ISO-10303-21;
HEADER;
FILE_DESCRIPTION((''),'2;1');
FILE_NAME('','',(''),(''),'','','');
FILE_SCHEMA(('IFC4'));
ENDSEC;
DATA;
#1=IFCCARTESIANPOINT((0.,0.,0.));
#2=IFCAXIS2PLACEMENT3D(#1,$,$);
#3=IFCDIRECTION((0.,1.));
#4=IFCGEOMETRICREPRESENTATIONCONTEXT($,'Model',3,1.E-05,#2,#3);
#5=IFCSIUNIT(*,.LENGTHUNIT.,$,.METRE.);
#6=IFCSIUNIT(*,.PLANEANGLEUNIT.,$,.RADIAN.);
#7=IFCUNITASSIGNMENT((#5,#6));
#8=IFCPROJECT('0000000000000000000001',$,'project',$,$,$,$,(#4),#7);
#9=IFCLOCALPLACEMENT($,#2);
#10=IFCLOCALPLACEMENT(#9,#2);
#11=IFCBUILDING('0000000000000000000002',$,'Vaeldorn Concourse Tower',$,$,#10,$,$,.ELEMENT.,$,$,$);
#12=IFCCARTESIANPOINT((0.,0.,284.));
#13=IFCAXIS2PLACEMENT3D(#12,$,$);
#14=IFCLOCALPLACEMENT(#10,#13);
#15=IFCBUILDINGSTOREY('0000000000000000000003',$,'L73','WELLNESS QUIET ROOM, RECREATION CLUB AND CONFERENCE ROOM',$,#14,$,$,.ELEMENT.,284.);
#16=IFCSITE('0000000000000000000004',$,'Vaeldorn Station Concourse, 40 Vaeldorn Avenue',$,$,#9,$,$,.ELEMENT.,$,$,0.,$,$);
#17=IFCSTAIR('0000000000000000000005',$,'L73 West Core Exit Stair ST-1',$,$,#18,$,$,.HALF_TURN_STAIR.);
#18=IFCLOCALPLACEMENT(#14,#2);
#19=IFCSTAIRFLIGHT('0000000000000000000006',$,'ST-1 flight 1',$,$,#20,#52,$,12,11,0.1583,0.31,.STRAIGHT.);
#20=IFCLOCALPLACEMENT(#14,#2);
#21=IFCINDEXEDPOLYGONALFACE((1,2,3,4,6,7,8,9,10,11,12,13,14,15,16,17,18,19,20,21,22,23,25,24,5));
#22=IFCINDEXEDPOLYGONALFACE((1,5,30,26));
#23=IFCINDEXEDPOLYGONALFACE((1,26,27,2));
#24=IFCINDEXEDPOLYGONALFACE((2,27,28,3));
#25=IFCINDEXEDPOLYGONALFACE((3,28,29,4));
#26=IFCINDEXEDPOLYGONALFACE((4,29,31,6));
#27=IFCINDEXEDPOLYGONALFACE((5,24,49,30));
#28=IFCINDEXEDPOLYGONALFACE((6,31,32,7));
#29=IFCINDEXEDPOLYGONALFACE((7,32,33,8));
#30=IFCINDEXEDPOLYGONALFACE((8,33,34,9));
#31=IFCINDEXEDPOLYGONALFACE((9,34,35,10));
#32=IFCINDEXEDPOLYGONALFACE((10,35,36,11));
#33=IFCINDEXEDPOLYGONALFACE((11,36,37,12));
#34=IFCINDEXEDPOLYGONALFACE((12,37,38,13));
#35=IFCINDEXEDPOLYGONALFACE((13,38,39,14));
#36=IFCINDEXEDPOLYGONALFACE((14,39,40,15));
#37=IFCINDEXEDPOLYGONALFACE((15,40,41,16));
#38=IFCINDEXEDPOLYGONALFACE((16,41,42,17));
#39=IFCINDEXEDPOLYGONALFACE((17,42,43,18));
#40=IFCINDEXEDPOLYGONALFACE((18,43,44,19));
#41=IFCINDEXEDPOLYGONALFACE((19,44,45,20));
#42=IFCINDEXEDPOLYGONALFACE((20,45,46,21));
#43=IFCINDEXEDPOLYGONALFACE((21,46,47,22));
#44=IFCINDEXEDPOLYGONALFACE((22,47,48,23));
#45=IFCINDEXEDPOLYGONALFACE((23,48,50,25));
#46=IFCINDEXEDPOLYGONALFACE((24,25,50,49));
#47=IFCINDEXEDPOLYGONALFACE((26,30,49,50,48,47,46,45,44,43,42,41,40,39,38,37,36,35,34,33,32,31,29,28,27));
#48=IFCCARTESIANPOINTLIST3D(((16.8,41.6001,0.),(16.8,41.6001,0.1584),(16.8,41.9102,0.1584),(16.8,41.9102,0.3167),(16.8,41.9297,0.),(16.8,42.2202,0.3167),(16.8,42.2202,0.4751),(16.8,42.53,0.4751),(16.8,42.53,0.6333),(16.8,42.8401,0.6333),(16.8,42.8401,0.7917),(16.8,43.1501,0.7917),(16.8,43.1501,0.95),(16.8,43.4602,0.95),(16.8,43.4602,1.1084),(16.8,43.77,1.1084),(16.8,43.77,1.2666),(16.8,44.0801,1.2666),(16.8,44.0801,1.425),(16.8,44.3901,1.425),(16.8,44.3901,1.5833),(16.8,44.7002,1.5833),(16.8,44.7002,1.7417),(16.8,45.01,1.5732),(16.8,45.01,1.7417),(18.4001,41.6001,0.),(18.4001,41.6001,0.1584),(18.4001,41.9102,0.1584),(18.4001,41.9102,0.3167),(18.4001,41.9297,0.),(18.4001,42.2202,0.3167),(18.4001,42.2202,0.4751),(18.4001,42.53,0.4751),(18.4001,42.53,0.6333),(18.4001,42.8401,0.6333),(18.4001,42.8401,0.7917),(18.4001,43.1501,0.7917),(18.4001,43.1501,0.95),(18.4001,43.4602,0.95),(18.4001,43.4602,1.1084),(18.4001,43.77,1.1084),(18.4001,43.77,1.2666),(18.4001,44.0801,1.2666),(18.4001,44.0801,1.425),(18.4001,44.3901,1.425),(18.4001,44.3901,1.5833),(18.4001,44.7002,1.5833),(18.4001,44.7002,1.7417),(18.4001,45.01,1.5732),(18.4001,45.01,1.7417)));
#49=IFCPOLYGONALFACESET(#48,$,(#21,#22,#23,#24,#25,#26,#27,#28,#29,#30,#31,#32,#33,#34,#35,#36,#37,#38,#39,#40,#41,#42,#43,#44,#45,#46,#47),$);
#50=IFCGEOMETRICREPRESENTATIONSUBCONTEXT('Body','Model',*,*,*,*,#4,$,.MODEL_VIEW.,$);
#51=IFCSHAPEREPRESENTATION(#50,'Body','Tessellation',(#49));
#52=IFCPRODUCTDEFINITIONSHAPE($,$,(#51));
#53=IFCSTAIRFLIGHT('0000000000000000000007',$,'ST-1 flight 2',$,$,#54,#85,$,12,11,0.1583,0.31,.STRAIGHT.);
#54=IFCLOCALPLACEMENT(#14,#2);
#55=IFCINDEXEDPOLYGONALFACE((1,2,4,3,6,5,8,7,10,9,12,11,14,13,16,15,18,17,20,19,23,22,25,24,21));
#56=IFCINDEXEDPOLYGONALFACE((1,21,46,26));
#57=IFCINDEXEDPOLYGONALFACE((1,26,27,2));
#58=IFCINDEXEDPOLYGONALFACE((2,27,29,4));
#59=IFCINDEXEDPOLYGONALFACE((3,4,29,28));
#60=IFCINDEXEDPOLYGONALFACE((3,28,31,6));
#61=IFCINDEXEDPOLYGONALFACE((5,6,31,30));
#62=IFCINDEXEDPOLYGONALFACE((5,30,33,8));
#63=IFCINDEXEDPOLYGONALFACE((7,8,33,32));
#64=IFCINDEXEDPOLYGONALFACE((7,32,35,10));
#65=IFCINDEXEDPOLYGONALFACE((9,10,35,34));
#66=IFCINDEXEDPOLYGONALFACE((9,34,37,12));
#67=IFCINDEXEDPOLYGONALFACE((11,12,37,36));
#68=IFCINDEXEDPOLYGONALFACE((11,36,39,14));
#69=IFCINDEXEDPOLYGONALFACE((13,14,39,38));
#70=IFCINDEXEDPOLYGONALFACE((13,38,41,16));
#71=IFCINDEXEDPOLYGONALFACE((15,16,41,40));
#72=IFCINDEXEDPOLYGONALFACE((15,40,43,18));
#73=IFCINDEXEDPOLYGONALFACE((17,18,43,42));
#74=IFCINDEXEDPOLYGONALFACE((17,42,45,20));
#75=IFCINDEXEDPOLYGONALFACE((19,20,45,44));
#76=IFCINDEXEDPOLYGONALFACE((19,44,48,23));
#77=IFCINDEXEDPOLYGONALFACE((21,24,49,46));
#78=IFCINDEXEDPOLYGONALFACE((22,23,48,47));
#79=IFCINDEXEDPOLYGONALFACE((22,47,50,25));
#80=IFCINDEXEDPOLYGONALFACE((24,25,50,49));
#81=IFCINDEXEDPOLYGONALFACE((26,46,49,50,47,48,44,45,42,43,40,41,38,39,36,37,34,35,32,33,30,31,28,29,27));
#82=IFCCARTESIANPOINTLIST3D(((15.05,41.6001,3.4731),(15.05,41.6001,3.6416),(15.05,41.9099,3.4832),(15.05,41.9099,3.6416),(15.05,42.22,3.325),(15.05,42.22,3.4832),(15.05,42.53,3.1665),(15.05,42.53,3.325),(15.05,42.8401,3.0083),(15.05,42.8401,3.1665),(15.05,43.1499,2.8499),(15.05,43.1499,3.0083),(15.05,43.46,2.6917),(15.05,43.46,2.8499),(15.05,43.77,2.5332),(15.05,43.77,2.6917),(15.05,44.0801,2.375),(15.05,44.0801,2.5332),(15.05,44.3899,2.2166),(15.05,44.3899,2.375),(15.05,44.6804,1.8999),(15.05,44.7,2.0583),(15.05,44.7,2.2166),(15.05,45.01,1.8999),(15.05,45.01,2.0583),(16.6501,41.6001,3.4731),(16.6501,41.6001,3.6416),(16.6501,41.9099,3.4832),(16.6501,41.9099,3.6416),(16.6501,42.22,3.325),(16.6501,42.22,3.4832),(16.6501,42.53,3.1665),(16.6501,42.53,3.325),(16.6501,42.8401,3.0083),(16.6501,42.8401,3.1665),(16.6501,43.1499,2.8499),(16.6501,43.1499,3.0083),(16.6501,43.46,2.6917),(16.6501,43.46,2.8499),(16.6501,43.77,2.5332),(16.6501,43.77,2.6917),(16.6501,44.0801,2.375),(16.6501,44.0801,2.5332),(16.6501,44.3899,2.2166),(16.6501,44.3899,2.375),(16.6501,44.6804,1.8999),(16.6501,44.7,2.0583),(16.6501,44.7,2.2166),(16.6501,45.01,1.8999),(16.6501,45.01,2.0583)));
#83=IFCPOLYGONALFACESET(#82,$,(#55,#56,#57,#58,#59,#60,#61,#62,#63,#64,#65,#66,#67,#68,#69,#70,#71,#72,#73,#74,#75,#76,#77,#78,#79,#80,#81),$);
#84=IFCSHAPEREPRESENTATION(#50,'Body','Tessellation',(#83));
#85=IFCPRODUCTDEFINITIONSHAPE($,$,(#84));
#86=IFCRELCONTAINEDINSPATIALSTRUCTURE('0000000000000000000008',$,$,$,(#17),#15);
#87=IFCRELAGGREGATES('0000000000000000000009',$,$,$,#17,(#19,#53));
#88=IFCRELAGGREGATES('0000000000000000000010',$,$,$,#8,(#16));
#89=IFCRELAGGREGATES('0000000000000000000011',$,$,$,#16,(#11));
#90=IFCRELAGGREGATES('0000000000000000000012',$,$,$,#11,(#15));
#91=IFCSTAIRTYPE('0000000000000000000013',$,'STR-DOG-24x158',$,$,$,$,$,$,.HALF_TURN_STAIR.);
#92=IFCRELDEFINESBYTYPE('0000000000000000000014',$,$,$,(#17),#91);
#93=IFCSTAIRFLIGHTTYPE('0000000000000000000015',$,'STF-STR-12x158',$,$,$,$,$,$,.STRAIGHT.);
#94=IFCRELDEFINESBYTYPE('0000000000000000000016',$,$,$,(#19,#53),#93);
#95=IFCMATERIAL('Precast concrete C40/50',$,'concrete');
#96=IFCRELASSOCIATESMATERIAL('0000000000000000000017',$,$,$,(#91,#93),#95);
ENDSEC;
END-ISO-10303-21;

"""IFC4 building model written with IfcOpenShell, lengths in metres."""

from ifc_helpers import new_model, si_unit, direction, frame, origin, place, context, subcontext, project, spatial, polyline, outline, extrude, material, type_object, element, aggregate, save


model = new_model("IFC4")

# Units and contexts
model_context = context("Model", 3, precision=1e-05, world=origin(), true_north=direction((0.0, 1.0)))
body_context = subcontext(model_context, "Body", "Model", "MODEL_VIEW")
ifc_project = project(units=[si_unit("LENGTHUNIT", "METRE"), si_unit("PLANEANGLEUNIT", "RADIAN")], contexts=[model_context])

# Site, building, storey
site_placement = place(None, origin())
site = spatial("IfcSite", under=ifc_project, at=site_placement, Name="Vaeldorn Station Concourse, 40 Vaeldorn Avenue", CompositionType="ELEMENT", RefElevation=0.0)
building_placement = place(site_placement, origin())
building = spatial("IfcBuilding", under=site, at=building_placement, Name="Vaeldorn Concourse Tower", CompositionType="ELEMENT")
storey_placement = place(building_placement, frame((0.0, 0.0, 284.0)))
storey = spatial("IfcBuildingStorey", under=building, at=storey_placement, Name="L73", Description="WELLNESS QUIET ROOM, RECREATION CLUB AND CONFERENCE ROOM", CompositionType="ELEMENT", Elevation=284.0)

# Stair, stair flights
ifc_material_1 = material(Name="Precast concrete C40/50", Category="concrete")
stair_type = type_object("IfcStairType", Name="STR-DOG-24x158", PredefinedType="HALF_TURN_STAIR", material=ifc_material_1)
stair_placement = place(storey_placement, origin())
stair = element("IfcStair", 1, at=stair_placement, inside=storey, type_object=stair_type, Name="L73 West Core Exit Stair ST-1", PredefinedType="HALF_TURN_STAIR")
stair_flight_type = type_object("IfcStairFlightType", Name="STF-STR-12x158", PredefinedType="STRAIGHT", material=ifc_material_1)
stair_flight_1_placement = place(storey_placement, frame((17.6001, 41.6001, 0.0), z_axis=(0.0, 0.0, 1.0), x_axis=(0.0, 1.0, 0.0)))
stair_flight_1 = element("IfcStairFlight", 2, at=stair_flight_1_placement, type_object=stair_flight_type, Name="ST-1 flight 1", NumberOfRisers=12, NumberOfTreads=11, PredefinedType="STRAIGHT", RiserHeight=0.1583, TreadLength=0.31, context=body_context, shape_type="SweptSolid", body=[
    extrude(outline(polyline([(0.0, 0.0), (0.0, 0.1584), (0.3101, 0.1584), (0.3101, 0.3167), (0.6201, 0.3167), (0.6201, 0.4751), (0.9299, 0.4751), (0.9299, 0.6333), (1.24, 0.6333), (1.24, 0.7917), (1.55, 0.7917), (1.55, 0.95), (1.8601, 0.95), (1.8601, 1.1084), (2.1699, 1.1084), (2.1699, 1.2666), (2.48, 1.2666), (2.48, 1.425), (2.79, 1.425), (2.79, 1.5833), (3.1001, 1.5833), (3.1001, 1.7417), (3.4099, 1.7417), (3.4099, 1.8999), (3.4099, 1.5732), (0.3296, 0.0), (0.0, 0.0)])), frame((0.0, 0.8, 0.0), z_axis=(0.0, -1.0, 0.0), x_axis=(1.0, 0.0, 0.0)), (0.0, 0.0, 1.0), 1.6001),
])
stair_flight_2_placement = place(storey_placement, frame((15.8501, 45.01, 1.8999), z_axis=(0.0, 0.0, 1.0), x_axis=(0.0, -1.0, 0.0)))
stair_flight_2 = element("IfcStairFlight", 3, at=stair_flight_2_placement, type_object=stair_flight_type, Name="ST-1 flight 2", NumberOfRisers=12, NumberOfTreads=11, PredefinedType="STRAIGHT", RiserHeight=0.1583, TreadLength=0.31, context=body_context, shape_type="SweptSolid", body=[
    extrude(outline(polyline([(0.0, 0.0), (0.0, 0.1584), (0.3101, 0.1584), (0.3101, 0.3167), (0.6201, 0.3167), (0.6201, 0.4751), (0.9299, 0.4751), (0.9299, 0.6333), (1.24, 0.6333), (1.24, 0.7917), (1.55, 0.7917), (1.55, 0.95), (1.8601, 0.95), (1.8601, 1.1084), (2.1699, 1.1084), (2.1699, 1.2666), (2.48, 1.2666), (2.48, 1.425), (2.79, 1.425), (2.79, 1.5833), (3.1001, 1.5833), (3.1001, 1.7417), (3.4099, 1.7417), (3.4099, 1.8999), (3.4099, 1.5732), (0.3296, 0.0), (0.0, 0.0)])), frame((0.0, 0.8, 0.0), z_axis=(0.0, -1.0, 0.0), x_axis=(1.0, 0.0, 0.0)), (0.0, 0.0, 1.0), 1.6001),
])
aggregate(stair, [stair_flight_1, stair_flight_2])

save(model, "model.ifc")
